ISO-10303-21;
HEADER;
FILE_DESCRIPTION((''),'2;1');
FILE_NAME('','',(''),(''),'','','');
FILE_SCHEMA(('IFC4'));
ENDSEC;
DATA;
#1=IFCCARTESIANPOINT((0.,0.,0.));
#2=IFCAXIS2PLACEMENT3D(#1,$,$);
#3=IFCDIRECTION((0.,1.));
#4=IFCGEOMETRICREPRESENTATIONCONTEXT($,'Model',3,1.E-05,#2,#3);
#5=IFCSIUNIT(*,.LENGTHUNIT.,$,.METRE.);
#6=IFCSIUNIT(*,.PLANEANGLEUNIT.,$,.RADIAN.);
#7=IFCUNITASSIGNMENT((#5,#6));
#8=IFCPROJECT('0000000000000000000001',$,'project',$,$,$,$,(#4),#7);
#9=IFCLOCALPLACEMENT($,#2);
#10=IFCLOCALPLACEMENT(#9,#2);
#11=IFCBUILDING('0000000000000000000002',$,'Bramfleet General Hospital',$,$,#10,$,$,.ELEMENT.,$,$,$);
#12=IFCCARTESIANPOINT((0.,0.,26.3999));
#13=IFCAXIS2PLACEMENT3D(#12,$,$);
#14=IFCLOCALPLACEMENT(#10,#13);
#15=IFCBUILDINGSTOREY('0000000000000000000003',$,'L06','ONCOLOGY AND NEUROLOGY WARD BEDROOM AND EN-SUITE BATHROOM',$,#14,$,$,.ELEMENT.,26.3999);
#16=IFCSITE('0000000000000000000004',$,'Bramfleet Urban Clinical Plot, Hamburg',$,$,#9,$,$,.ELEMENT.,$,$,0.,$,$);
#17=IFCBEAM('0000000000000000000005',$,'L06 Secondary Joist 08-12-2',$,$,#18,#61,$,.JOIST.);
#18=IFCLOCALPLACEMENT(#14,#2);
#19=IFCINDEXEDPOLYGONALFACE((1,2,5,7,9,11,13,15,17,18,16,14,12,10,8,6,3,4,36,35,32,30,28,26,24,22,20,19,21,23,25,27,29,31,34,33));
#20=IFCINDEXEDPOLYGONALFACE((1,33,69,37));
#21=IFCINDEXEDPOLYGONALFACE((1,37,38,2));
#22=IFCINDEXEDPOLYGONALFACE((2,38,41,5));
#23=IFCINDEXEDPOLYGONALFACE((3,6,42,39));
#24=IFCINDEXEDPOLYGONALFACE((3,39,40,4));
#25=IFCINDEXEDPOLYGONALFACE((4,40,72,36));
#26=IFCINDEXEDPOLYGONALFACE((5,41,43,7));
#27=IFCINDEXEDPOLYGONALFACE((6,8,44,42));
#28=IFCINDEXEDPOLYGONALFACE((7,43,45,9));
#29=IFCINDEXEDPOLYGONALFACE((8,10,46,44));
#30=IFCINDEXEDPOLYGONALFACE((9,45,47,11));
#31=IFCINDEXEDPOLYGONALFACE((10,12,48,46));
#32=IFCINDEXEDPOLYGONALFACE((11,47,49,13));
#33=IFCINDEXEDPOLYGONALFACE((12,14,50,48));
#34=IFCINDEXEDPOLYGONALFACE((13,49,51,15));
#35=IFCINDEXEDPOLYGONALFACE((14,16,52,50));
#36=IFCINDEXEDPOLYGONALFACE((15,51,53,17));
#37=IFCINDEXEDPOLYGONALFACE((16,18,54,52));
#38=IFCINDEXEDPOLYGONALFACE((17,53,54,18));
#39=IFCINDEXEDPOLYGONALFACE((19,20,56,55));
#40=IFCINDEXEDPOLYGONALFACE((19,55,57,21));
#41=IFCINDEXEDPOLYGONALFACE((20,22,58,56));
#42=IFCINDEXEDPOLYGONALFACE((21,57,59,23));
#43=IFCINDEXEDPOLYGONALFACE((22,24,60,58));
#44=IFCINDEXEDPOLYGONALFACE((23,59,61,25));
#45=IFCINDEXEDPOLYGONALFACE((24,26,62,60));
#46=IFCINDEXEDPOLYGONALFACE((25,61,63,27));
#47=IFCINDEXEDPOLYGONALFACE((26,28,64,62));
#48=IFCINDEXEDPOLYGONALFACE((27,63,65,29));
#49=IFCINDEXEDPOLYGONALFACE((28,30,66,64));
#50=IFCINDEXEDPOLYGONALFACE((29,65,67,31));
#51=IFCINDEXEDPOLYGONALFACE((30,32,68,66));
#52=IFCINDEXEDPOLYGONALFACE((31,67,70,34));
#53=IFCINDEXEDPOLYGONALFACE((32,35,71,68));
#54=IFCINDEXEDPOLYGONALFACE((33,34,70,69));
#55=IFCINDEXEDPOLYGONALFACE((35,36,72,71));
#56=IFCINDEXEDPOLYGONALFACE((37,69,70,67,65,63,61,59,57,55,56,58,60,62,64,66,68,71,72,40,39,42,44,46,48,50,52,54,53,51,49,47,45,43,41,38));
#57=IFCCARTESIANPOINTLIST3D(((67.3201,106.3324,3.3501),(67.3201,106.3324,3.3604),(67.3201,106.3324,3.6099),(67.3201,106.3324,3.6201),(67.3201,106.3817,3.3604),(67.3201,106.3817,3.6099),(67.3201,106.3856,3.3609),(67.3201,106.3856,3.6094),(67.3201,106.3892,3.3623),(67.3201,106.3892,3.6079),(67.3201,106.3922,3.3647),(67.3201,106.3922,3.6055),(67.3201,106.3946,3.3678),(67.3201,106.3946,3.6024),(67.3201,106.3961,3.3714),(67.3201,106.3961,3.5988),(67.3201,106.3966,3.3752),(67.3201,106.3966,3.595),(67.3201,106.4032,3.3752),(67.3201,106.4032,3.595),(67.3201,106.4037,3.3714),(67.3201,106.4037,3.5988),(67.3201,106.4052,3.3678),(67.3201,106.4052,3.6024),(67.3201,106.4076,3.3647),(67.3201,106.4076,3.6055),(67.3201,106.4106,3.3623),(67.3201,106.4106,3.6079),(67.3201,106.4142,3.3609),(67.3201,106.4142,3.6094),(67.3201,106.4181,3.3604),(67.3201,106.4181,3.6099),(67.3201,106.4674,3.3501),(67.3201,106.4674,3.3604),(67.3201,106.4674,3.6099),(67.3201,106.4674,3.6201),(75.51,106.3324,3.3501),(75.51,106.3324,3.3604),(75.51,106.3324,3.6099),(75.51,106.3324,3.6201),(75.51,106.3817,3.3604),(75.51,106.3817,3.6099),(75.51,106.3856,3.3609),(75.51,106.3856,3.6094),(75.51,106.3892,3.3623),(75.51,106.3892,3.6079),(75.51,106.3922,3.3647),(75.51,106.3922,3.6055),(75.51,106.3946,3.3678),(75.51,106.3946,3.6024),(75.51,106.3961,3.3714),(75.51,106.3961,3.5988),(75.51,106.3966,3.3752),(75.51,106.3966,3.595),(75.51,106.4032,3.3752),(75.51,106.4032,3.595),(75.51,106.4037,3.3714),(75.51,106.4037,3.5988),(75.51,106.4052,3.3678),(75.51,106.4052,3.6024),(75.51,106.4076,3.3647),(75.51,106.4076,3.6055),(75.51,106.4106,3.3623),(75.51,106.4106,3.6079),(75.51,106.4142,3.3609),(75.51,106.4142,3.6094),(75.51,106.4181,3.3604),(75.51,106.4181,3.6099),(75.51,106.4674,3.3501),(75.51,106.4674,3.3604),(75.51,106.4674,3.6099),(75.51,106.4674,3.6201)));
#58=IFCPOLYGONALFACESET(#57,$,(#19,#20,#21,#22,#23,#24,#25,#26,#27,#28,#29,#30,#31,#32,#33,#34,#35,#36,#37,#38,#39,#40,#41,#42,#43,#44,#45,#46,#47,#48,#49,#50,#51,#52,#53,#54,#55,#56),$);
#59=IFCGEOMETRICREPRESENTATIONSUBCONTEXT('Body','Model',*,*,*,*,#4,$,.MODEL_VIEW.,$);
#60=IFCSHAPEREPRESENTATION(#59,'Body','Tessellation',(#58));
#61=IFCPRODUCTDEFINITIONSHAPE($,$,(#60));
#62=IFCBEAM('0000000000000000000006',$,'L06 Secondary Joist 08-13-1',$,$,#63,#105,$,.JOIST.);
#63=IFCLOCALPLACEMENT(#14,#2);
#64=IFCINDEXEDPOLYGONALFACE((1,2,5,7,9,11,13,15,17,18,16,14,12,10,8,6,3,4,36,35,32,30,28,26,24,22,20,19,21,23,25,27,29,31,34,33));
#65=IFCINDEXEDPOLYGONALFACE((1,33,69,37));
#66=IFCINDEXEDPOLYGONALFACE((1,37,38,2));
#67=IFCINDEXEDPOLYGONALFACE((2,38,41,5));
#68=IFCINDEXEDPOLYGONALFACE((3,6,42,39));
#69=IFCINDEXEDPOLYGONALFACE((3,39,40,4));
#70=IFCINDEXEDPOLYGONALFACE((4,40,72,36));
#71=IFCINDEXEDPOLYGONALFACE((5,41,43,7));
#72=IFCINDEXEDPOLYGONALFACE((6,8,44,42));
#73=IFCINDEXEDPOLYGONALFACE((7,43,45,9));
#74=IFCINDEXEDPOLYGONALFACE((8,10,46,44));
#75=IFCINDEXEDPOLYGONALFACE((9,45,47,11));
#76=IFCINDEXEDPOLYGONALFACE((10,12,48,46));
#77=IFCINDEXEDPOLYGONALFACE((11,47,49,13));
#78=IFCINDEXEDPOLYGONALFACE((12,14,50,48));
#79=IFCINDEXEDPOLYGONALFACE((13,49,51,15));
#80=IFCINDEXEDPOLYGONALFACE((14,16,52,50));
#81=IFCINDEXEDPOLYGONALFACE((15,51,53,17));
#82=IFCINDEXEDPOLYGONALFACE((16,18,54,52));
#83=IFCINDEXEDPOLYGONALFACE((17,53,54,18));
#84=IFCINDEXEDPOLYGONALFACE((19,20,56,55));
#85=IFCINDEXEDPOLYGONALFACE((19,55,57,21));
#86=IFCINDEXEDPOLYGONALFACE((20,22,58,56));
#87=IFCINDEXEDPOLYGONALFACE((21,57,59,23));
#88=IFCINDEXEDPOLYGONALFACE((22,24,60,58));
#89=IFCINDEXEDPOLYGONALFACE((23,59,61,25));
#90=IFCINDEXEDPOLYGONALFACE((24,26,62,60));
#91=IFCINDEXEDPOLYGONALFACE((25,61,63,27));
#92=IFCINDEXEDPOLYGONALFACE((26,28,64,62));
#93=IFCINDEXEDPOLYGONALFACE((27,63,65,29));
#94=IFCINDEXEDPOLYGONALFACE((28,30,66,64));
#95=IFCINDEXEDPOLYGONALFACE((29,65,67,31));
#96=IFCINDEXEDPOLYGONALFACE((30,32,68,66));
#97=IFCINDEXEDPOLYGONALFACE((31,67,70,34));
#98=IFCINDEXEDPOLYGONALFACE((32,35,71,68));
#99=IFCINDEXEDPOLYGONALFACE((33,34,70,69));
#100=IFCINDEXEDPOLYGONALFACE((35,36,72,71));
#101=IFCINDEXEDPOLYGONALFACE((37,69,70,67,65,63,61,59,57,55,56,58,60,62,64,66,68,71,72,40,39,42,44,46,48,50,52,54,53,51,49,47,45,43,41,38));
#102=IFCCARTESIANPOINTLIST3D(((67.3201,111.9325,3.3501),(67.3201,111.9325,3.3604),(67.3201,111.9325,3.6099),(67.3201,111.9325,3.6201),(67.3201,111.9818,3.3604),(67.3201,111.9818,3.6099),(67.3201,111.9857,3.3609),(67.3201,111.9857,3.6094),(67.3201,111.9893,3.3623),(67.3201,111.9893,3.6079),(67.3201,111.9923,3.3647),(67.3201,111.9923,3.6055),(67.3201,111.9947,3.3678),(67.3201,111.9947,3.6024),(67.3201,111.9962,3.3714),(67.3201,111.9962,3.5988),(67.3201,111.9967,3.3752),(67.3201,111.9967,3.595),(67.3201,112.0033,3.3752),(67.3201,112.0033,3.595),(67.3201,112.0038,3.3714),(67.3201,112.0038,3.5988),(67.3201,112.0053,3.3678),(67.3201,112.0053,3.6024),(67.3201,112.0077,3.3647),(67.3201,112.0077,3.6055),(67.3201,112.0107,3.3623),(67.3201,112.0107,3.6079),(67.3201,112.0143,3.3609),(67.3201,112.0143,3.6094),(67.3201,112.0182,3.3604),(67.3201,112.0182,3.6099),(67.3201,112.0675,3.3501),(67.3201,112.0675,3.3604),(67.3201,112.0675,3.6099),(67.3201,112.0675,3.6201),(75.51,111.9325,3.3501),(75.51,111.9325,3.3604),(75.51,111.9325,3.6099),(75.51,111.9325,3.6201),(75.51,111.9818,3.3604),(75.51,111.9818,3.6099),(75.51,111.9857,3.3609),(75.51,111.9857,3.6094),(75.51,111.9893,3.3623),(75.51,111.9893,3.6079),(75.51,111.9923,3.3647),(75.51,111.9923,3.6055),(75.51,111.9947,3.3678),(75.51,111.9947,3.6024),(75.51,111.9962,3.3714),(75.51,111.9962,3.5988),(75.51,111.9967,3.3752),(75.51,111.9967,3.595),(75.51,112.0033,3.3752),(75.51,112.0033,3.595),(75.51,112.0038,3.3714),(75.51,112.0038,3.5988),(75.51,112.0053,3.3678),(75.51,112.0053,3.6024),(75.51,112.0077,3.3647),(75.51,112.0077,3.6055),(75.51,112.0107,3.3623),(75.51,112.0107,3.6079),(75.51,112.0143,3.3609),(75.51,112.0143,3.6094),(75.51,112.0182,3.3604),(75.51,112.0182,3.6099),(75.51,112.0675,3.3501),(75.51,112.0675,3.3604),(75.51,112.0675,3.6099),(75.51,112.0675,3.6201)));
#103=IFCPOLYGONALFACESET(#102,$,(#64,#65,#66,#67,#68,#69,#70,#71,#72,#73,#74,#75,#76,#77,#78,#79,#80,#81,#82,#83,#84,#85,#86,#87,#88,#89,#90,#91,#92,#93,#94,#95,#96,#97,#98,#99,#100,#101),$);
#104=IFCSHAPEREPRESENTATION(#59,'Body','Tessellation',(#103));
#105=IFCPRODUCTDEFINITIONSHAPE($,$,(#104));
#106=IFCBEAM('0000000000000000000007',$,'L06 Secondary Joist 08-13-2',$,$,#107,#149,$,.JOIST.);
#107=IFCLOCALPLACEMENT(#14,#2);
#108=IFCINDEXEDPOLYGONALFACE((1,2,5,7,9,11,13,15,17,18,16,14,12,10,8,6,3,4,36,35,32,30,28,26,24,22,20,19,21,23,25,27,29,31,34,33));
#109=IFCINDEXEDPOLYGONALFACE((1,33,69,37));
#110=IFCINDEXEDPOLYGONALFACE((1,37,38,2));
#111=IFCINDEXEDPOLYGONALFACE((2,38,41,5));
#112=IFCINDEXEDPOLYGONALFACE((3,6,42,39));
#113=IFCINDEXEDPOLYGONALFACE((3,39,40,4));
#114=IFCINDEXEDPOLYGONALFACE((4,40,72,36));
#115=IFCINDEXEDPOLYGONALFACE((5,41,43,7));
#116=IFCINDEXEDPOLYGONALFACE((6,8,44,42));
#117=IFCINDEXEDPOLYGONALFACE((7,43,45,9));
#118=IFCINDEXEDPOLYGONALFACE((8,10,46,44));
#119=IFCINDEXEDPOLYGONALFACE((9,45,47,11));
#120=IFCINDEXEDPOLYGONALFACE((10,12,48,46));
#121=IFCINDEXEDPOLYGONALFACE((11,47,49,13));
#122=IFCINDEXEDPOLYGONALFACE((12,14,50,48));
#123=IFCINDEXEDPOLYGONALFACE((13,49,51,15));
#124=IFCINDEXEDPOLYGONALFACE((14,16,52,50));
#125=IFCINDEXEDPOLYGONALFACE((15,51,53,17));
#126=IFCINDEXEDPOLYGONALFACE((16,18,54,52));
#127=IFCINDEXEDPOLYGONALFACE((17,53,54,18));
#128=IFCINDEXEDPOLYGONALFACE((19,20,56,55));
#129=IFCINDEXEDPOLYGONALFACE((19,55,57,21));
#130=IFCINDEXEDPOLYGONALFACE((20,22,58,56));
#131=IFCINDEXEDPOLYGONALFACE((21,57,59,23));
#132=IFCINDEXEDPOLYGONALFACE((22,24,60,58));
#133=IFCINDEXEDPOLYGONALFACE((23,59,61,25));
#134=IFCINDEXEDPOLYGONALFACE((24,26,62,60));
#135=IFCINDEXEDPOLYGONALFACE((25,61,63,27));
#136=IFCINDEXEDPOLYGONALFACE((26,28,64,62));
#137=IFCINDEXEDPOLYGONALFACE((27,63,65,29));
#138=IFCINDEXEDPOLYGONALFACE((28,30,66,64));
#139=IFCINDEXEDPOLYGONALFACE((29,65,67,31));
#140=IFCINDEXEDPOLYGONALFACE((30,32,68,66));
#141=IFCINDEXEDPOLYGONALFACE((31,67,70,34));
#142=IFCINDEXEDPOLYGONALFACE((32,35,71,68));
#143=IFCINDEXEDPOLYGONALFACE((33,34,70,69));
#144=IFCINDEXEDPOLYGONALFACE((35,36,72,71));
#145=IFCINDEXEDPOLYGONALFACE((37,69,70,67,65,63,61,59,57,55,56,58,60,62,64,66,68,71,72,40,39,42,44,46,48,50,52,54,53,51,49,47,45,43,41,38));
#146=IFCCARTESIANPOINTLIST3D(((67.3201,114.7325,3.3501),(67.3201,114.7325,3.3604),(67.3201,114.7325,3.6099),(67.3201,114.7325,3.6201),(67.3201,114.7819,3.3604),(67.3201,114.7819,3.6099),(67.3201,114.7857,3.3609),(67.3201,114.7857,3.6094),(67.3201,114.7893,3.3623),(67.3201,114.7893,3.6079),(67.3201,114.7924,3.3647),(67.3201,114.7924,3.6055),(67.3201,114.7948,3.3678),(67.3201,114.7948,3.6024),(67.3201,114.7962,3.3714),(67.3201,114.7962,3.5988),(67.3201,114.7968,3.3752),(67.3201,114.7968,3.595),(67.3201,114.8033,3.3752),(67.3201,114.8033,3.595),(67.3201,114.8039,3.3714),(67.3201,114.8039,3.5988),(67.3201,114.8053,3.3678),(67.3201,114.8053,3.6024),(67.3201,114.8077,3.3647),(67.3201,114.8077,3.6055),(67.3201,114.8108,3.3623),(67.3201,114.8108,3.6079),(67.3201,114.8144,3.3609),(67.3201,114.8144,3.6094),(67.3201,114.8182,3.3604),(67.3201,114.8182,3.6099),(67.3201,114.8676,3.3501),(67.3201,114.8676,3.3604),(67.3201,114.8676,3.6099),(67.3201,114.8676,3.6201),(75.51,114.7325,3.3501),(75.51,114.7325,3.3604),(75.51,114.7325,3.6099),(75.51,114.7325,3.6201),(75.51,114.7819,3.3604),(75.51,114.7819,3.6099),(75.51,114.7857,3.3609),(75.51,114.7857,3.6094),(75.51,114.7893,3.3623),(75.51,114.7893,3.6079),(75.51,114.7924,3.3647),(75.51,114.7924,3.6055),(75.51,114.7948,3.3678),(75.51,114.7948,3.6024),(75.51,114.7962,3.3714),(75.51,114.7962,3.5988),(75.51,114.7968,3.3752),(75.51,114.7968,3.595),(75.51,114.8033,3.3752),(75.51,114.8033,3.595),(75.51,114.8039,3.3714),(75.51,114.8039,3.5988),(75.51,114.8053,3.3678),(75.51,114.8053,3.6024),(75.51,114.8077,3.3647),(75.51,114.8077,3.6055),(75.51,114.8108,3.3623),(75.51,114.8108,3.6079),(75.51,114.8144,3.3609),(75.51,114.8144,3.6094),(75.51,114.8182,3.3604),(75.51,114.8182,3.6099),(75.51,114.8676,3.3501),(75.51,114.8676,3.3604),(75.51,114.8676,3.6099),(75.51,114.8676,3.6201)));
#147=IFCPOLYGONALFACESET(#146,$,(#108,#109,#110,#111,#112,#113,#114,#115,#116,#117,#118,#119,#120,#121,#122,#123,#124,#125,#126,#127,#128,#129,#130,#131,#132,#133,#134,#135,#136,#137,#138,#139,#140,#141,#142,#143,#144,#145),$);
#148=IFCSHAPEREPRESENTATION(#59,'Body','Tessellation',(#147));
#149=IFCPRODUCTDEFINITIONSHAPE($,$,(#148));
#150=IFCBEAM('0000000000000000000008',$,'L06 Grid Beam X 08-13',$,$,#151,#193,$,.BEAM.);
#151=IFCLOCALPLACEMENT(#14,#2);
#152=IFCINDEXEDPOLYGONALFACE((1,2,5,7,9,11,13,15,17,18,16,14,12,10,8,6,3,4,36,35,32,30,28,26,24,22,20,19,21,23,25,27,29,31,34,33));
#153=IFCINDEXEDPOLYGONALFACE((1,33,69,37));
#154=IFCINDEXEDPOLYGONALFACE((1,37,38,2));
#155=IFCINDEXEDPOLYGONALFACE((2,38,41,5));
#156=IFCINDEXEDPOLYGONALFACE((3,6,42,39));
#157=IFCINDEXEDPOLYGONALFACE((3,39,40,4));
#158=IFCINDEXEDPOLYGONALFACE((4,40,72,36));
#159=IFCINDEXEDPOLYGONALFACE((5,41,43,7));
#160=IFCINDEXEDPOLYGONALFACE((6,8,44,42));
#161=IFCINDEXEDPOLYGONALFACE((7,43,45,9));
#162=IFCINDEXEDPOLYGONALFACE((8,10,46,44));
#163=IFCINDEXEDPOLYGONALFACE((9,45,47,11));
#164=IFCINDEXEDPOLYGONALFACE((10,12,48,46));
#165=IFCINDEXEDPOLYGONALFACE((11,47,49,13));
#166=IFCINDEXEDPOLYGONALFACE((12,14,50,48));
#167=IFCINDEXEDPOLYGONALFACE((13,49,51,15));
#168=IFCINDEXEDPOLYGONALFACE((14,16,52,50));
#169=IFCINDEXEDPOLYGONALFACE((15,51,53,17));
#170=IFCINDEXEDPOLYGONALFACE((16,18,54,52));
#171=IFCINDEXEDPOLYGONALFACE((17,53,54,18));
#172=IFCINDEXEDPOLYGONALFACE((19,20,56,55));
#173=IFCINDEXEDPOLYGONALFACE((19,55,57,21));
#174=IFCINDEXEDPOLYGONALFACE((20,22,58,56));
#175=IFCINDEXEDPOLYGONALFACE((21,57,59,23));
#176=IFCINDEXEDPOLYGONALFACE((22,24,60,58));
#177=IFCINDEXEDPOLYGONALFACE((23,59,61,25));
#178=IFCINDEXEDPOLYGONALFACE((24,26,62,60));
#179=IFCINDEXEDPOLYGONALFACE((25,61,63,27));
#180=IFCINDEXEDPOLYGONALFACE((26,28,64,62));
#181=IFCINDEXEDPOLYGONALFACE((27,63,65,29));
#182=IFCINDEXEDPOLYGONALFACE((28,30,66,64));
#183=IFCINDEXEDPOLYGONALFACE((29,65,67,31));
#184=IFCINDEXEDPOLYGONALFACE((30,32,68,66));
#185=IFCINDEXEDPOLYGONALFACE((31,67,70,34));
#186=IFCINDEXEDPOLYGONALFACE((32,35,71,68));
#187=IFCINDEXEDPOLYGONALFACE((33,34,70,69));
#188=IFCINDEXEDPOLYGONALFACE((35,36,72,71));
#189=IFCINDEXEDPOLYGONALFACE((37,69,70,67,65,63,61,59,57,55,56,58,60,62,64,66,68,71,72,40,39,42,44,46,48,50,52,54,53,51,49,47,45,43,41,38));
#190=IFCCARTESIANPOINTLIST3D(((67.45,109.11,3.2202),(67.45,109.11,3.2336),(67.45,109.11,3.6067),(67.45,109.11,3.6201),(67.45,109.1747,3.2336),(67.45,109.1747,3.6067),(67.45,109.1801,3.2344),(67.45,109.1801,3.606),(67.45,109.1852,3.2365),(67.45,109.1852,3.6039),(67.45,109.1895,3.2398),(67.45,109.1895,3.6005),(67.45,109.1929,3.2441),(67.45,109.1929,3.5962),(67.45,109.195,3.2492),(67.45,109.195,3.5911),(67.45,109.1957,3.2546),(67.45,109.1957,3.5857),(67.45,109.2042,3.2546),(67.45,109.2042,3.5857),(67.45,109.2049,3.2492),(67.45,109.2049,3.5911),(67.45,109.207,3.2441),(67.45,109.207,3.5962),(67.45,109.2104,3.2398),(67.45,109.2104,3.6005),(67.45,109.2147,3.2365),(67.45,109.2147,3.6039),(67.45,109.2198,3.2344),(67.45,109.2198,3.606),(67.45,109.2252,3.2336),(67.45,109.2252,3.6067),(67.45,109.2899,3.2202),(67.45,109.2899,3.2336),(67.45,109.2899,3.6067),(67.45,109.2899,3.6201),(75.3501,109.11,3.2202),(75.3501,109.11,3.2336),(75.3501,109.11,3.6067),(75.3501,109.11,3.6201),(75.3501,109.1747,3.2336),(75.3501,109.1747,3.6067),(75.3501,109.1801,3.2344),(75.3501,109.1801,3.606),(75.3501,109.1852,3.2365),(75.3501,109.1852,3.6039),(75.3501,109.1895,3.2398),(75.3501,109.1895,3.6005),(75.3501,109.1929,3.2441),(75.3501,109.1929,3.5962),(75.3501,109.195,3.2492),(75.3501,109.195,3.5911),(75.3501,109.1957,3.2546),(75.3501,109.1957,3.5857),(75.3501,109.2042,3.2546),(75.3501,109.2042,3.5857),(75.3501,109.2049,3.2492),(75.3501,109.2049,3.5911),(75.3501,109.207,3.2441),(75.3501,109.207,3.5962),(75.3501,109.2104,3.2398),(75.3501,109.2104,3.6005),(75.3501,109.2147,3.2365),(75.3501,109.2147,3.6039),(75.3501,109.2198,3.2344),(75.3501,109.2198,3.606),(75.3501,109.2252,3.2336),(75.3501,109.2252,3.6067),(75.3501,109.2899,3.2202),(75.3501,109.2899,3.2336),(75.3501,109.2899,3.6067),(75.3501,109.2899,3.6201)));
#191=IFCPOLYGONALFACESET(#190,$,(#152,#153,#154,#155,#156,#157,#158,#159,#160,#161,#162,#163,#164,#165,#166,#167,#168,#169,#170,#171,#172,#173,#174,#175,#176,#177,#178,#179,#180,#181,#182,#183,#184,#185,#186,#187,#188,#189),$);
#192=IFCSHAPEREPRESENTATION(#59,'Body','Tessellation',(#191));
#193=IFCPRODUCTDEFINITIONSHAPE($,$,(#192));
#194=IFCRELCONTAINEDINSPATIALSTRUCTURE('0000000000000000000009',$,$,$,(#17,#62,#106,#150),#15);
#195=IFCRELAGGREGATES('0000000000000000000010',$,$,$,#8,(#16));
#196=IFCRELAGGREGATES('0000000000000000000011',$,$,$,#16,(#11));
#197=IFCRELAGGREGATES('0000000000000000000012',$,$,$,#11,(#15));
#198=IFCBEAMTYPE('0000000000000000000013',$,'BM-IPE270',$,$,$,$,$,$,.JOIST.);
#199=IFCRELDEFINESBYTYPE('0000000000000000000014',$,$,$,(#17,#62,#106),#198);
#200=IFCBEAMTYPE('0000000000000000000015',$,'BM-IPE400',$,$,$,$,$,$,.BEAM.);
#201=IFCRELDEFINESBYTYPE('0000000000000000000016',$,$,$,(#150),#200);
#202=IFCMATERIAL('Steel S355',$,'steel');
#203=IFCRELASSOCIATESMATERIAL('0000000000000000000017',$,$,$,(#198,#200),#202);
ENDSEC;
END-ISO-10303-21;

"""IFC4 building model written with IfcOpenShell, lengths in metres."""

from ifc_helpers import new_model, si_unit, direction, frame, origin, origin_2d, place, context, subcontext, project, spatial, i_section, extrude, material, material_profile, profile_set, type_object, element, save


model = new_model("IFC4")

# Units and contexts
model_context = context("Model", 3, precision=1e-05, world=origin(), true_north=direction((0.0, 1.0)))
body_context = subcontext(model_context, "Body", "Model", "MODEL_VIEW")
ifc_project = project(units=[si_unit("LENGTHUNIT", "METRE"), si_unit("PLANEANGLEUNIT", "RADIAN")], contexts=[model_context])

# Site, building, storey
site_placement = place(None, origin())
site = spatial("IfcSite", under=ifc_project, at=site_placement, Name="Bramfleet Urban Clinical Plot, Hamburg", CompositionType="ELEMENT", RefElevation=0.0)
building_placement = place(site_placement, origin())
building = spatial("IfcBuilding", under=site, at=building_placement, Name="Bramfleet General Hospital", CompositionType="ELEMENT")
storey_placement = place(building_placement, frame((0.0, 0.0, 26.3999)))
storey = spatial("IfcBuildingStorey", under=building, at=storey_placement, Name="L06", Description="ONCOLOGY AND NEUROLOGY WARD BEDROOM AND EN-SUITE BATHROOM", CompositionType="ELEMENT", Elevation=26.3999)

# Beams
ifc_material_1 = material(Name="Steel S355", Category="steel")
ifc_material_profile_1 = material_profile(ifc_material_1, i_section(OverallWidth=0.135, OverallDepth=0.27, WebThickness=0.0066, FlangeThickness=0.0103, FilletRadius=0.0149, at=origin_2d()), Name="IPE 270")
ifc_profile_set_1 = profile_set([ifc_material_profile_1], Name="Steel S355")
beam_type_1 = type_object("IfcBeamType", Name="BM-IPE270", PredefinedType="JOIST", material=ifc_profile_set_1)
for number, where, z_axis, x_axis, name in (
    (1, (67.3201, 106.3999, 3.4851), (1.0, 0.0, 0.0), (0.0, 1.0, 0.0), "L06 Secondary Joist 08-12-2"),
    (2, (67.3201, 112.0, 3.4851), (1.0, 0.0, 0.0), (0.0, 1.0, 0.0), "L06 Secondary Joist 08-13-1"),
    (3, (67.3201, 114.8, 3.4851), (1.0, 0.0, 0.0), (0.0, 1.0, 0.0), "L06 Secondary Joist 08-13-2"),
):
    element("IfcBeam", number, at=place(storey_placement, frame(where, z_axis=z_axis, x_axis=x_axis)), inside=storey, type_object=beam_type_1, Name=name, PredefinedType="JOIST", context=body_context, shape_type="SweptSolid", body=[
        extrude(i_section(OverallWidth=0.135, OverallDepth=0.27, WebThickness=0.0066, FlangeThickness=0.0103, FilletRadius=0.0149, at=origin_2d()), origin(), (0.0, 0.0, 1.0), 8.1899),
    ])
ifc_material_profile_2 = material_profile(ifc_material_1, i_section(OverallWidth=0.1799, OverallDepth=0.3999, WebThickness=0.0085, FlangeThickness=0.0134, FilletRadius=0.021, at=origin_2d()), Name="IPE 400")
ifc_profile_set_2 = profile_set([ifc_material_profile_2], Name="Steel S355")
beam_type_2 = type_object("IfcBeamType", Name="BM-IPE400", PredefinedType="BEAM", material=ifc_profile_set_2)
beam_1_placement = place(storey_placement, frame((67.45, 109.2, 3.4202), z_axis=(1.0, 0.0, 0.0), x_axis=(0.0, 1.0, 0.0)))
element("IfcBeam", 4, at=beam_1_placement, inside=storey, type_object=beam_type_2, Name="L06 Grid Beam X 08-13", PredefinedType="BEAM", context=body_context, shape_type="SweptSolid", body=[
    extrude(i_section(OverallWidth=0.1799, OverallDepth=0.3999, WebThickness=0.0085, FlangeThickness=0.0134, FilletRadius=0.021, at=origin_2d()), origin(), (0.0, 0.0, 1.0), 7.9001),
])

save(model, "model.ifc")
